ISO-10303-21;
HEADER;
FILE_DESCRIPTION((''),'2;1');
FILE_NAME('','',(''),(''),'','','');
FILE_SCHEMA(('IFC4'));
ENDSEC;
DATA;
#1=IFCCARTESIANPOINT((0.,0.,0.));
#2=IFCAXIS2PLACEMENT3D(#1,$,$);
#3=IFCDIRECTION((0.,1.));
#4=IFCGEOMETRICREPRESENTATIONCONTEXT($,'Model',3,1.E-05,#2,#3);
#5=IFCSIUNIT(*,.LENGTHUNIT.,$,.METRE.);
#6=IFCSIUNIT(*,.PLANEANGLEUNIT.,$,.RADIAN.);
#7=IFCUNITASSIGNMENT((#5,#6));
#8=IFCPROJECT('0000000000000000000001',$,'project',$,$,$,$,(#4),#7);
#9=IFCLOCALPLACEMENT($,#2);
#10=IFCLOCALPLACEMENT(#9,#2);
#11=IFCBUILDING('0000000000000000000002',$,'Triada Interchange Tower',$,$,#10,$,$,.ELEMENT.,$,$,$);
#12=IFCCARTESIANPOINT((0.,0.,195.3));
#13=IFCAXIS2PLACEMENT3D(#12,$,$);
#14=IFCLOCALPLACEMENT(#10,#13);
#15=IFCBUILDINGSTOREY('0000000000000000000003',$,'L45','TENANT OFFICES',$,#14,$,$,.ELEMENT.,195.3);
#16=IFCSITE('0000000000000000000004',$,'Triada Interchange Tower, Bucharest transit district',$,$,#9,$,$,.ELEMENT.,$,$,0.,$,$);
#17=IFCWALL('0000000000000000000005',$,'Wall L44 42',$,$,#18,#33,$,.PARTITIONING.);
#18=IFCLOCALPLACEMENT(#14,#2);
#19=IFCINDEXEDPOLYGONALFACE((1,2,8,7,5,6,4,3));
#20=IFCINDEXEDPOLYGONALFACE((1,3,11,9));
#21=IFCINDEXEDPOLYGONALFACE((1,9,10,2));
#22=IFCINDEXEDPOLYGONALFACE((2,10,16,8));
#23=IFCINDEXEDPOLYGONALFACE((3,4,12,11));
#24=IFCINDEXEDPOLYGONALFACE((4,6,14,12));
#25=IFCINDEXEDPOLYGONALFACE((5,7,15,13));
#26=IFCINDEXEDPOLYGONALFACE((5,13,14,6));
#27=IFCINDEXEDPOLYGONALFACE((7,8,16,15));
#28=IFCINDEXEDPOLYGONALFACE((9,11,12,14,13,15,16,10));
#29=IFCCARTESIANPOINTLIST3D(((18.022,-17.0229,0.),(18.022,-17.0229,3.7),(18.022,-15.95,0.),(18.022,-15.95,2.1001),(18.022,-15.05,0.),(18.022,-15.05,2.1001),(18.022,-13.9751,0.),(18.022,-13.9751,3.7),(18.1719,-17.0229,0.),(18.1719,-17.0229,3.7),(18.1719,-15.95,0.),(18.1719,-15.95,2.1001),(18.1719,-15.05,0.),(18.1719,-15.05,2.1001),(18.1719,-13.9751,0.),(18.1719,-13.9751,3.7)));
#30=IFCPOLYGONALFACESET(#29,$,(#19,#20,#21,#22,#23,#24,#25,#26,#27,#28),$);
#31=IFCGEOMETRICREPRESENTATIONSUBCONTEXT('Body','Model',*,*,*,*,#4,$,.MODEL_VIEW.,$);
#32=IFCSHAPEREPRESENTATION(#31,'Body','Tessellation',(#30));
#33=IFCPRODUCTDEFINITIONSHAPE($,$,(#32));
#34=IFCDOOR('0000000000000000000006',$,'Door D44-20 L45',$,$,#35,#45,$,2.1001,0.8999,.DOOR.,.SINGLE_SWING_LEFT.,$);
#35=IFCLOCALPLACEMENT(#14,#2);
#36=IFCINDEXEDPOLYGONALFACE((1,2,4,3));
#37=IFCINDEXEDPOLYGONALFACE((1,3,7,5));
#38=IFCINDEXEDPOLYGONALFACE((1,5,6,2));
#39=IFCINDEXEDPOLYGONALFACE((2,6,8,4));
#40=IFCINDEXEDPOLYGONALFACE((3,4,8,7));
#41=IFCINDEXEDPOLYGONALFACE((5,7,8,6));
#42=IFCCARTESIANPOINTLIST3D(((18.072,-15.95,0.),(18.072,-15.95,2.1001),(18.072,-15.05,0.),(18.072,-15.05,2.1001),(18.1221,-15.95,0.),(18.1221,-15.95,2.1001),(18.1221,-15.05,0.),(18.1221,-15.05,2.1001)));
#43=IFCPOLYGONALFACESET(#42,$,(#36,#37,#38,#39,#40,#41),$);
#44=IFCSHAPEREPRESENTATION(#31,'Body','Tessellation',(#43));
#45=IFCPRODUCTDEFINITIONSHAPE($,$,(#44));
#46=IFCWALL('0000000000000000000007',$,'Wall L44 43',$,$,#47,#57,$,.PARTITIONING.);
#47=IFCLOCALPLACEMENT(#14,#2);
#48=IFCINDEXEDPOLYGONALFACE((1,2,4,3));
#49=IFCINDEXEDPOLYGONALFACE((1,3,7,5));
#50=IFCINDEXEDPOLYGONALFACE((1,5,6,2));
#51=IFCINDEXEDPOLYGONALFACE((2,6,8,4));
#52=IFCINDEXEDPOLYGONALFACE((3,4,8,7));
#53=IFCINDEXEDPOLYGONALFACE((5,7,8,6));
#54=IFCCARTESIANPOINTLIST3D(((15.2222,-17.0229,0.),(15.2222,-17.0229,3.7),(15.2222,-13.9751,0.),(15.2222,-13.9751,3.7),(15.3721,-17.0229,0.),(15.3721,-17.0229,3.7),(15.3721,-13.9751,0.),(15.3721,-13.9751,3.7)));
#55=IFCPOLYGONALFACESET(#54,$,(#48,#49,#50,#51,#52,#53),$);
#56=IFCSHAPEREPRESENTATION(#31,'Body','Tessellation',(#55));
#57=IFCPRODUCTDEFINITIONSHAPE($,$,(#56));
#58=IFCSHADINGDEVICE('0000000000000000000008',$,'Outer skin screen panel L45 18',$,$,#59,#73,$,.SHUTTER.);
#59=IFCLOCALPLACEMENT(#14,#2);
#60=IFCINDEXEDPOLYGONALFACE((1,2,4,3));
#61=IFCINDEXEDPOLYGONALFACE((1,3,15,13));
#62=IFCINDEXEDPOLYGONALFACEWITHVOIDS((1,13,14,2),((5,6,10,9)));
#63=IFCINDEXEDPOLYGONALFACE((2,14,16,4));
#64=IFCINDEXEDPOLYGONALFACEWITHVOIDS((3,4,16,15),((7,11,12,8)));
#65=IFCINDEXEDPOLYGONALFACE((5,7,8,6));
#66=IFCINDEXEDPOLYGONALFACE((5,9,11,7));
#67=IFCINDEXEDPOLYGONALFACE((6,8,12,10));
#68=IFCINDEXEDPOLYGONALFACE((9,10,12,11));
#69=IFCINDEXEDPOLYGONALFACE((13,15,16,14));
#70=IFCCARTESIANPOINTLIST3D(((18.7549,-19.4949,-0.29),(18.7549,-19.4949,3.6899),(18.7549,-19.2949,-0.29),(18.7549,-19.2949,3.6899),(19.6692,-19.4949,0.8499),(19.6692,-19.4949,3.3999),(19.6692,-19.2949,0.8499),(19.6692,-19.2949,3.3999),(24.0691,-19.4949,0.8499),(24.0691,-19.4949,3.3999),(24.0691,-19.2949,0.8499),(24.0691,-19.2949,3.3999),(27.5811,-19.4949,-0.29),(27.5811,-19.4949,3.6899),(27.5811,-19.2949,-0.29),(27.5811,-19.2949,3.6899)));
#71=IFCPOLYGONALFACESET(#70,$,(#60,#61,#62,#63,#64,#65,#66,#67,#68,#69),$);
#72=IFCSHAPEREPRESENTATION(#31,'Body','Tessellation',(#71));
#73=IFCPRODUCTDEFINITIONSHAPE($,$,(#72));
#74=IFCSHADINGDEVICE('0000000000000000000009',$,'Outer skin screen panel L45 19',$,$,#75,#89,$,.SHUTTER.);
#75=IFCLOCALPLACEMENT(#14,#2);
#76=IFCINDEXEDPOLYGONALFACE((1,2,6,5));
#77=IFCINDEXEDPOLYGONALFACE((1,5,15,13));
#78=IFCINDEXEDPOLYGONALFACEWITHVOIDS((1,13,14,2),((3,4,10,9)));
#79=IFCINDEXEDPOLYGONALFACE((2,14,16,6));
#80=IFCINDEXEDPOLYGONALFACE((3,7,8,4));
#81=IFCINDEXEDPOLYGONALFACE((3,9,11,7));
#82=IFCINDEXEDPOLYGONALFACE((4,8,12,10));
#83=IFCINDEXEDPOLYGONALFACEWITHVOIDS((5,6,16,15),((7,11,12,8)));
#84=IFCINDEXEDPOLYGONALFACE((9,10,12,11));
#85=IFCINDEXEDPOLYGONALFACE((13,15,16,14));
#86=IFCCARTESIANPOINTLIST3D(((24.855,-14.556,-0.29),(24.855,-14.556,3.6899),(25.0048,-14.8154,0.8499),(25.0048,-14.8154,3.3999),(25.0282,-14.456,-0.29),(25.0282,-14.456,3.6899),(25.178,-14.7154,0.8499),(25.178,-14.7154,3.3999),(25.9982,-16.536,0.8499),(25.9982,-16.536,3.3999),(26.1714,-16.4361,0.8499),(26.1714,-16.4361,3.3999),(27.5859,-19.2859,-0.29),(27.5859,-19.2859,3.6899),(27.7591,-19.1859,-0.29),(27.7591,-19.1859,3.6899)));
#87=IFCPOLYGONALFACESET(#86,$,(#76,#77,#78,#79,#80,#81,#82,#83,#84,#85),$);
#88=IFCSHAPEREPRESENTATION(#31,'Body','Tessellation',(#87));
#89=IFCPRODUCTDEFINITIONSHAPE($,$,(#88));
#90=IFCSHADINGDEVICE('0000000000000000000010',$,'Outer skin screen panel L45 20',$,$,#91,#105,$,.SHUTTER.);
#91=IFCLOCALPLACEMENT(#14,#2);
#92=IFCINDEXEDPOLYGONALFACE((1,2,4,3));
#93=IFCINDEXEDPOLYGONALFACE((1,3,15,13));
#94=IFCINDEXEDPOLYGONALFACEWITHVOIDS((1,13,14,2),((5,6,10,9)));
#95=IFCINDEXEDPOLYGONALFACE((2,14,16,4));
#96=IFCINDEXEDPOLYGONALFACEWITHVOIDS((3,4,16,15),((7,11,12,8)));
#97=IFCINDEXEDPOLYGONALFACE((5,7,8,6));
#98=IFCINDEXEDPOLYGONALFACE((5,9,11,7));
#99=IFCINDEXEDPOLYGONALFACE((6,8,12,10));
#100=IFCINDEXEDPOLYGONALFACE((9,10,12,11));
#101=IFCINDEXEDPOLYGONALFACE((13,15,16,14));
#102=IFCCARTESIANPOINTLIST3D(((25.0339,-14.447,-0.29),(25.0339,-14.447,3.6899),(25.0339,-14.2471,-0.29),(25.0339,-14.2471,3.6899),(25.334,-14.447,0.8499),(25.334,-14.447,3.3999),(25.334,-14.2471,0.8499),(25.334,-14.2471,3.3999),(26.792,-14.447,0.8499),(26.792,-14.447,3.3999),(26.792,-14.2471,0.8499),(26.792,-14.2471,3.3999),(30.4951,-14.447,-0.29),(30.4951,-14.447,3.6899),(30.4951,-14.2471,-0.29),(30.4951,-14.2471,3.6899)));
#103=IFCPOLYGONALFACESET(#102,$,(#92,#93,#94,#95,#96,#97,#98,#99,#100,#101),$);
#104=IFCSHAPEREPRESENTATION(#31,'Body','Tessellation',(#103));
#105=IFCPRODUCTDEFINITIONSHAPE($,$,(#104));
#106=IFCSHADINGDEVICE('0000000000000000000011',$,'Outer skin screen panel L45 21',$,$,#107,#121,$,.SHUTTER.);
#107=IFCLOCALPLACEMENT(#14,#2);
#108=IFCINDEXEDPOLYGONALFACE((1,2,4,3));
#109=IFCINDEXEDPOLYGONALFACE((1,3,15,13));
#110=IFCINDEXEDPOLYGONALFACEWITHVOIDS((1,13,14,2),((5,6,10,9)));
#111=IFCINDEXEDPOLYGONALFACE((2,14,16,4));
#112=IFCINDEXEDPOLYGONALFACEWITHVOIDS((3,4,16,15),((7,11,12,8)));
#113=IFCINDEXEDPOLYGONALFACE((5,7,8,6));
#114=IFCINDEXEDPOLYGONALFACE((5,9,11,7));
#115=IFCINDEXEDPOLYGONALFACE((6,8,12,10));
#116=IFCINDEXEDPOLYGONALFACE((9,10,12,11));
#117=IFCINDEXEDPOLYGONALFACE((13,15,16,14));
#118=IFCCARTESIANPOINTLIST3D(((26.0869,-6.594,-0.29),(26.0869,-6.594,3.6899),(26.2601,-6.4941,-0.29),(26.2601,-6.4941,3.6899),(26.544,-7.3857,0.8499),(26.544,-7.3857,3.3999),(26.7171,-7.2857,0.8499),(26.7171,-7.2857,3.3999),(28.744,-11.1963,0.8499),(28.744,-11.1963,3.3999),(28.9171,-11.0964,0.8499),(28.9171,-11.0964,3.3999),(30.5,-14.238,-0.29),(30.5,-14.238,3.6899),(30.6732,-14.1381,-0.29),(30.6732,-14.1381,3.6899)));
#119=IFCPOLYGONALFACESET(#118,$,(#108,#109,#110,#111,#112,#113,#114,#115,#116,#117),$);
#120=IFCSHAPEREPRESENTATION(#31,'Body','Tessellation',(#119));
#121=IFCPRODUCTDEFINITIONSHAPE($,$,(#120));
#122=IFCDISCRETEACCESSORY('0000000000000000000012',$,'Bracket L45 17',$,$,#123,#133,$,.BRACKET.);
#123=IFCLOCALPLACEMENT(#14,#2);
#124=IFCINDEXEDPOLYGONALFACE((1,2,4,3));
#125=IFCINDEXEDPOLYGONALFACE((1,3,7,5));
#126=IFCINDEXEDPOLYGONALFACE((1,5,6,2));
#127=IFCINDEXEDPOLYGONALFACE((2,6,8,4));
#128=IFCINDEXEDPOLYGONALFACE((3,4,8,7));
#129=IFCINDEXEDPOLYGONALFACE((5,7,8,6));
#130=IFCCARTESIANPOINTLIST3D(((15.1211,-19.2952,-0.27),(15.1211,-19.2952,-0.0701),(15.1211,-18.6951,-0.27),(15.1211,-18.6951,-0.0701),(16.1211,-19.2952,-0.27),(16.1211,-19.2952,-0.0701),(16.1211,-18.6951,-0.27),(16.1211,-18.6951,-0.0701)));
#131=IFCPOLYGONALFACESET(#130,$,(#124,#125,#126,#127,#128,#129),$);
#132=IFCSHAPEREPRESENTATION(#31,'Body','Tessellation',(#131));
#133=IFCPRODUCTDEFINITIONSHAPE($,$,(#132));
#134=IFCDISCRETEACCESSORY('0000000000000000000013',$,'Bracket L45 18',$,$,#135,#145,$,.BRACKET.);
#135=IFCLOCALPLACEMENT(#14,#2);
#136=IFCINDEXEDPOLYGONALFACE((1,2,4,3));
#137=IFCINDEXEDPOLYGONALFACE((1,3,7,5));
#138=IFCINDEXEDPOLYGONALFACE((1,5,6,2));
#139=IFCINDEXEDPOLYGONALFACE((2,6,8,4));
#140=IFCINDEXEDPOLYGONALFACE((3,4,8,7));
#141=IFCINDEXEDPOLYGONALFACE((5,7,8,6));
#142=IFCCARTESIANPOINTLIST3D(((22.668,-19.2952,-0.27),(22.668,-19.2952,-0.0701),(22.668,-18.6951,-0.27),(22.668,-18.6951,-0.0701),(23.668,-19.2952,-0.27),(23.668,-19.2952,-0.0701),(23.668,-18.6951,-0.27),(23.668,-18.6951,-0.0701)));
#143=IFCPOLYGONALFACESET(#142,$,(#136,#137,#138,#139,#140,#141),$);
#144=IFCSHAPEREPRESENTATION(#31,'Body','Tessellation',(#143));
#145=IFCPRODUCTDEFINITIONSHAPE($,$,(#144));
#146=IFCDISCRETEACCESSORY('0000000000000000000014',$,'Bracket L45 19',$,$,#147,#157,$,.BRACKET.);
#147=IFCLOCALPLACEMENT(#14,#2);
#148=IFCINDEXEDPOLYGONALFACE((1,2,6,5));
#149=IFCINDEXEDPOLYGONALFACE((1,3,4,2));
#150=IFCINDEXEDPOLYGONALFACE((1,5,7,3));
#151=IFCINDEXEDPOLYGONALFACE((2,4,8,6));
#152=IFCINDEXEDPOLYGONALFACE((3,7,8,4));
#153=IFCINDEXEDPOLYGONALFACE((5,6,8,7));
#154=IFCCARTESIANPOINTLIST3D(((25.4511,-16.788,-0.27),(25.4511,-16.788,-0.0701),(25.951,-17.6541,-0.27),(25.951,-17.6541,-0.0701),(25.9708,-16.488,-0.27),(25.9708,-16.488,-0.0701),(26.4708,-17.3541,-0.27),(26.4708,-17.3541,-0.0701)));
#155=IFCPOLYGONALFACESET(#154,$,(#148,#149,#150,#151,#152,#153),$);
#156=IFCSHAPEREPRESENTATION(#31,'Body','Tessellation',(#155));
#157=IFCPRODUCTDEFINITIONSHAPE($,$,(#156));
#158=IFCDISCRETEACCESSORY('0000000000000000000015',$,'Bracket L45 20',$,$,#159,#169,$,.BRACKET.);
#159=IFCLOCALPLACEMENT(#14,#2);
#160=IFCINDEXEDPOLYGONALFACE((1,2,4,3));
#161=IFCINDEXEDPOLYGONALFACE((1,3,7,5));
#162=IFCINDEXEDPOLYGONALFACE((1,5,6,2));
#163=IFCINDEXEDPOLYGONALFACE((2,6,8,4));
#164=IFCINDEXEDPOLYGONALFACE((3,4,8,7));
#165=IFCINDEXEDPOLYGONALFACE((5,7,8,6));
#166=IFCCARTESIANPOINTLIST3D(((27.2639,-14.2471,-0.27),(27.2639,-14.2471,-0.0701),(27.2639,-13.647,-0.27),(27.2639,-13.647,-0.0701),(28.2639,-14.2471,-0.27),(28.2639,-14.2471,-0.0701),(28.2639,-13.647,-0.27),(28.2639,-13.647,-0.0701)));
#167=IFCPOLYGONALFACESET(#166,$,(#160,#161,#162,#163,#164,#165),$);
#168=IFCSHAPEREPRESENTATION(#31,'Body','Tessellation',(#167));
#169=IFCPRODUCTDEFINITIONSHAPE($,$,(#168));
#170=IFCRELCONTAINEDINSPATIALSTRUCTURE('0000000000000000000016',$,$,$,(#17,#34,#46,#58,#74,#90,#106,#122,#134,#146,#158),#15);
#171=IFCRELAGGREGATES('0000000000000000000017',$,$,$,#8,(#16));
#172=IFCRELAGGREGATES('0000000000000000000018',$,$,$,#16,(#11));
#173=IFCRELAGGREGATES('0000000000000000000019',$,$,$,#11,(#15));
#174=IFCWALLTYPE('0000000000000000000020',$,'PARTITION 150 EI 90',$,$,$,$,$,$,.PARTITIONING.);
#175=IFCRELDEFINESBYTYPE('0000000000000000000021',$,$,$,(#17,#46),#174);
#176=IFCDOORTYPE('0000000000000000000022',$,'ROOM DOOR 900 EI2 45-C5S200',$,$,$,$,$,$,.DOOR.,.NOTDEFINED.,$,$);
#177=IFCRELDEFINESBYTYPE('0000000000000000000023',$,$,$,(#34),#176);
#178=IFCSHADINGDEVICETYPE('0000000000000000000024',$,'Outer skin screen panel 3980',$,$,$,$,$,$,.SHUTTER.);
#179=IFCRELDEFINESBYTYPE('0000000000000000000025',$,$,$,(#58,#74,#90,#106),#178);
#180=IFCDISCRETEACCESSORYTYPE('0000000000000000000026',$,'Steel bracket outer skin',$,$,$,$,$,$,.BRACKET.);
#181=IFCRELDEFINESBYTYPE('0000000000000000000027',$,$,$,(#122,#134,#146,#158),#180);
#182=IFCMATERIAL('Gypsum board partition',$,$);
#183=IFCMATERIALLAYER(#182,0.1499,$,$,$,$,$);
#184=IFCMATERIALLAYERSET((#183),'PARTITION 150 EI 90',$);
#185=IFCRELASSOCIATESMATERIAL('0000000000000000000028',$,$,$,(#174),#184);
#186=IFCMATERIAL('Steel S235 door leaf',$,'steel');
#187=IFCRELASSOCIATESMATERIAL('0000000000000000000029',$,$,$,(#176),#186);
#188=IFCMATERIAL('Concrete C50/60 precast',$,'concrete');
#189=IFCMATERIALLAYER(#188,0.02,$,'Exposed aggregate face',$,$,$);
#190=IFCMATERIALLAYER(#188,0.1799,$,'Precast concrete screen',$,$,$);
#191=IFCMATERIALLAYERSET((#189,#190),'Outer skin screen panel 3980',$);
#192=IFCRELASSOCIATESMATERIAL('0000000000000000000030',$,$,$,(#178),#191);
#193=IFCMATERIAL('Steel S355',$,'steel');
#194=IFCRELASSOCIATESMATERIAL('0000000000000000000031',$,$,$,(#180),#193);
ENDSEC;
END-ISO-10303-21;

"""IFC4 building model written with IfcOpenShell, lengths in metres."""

from ifc_helpers import new_model, si_unit, direction, frame, frame_2d, origin, origin_2d, place, context, subcontext, project, spatial, polyline, rectangle, outline, extrude, material, layer, layer_set, type_object, element, fill, save


model = new_model("IFC4")

# Units and contexts
model_context = context("Model", 3, precision=1e-05, world=origin(), true_north=direction((0.0, 1.0)))
body_context = subcontext(model_context, "Body", "Model", "MODEL_VIEW")
ifc_project = project(units=[si_unit("LENGTHUNIT", "METRE"), si_unit("PLANEANGLEUNIT", "RADIAN")], contexts=[model_context])

# Site, building, storey
site_placement = place(None, origin())
site = spatial("IfcSite", under=ifc_project, at=site_placement, Name="Triada Interchange Tower, Bucharest transit district", CompositionType="ELEMENT", RefElevation=0.0)
building_placement = place(site_placement, origin())
building = spatial("IfcBuilding", under=site, at=building_placement, Name="Triada Interchange Tower", CompositionType="ELEMENT")
storey_placement = place(building_placement, frame((0.0, 0.0, 195.3)))
storey = spatial("IfcBuildingStorey", under=building, at=storey_placement, Name="L45", Description="TENANT OFFICES", CompositionType="ELEMENT", Elevation=195.3)

# Wall, opening, door
ifc_material_1 = material(Name="Gypsum board partition")
ifc_layer_1 = layer(ifc_material_1, 0.1499)
ifc_layer_set_1 = layer_set([ifc_layer_1], Name="PARTITION 150 EI 90")
wall_type_1 = type_object("IfcWallType", Name="PARTITION 150 EI 90", PredefinedType="PARTITIONING", material=ifc_layer_set_1)
wall_1_placement = place(storey_placement, frame((18.0969, -17.0229, 0.0), z_axis=(0.0, 0.0, 1.0), x_axis=(0.0, 1.0, 0.0)))
wall_1 = element("IfcWall", 1, at=wall_1_placement, inside=storey, type_object=wall_type_1, Name="Wall L44 42", PredefinedType="PARTITIONING", context=body_context, shape_type="SweptSolid", body=[
    extrude(rectangle(XDim=3.0479, YDim=0.1499, at=frame_2d((1.5239, 0.0))), origin(), (0.0, 0.0, 1.0), 3.7),
])
opening_1_placement = place(wall_1_placement, frame((1.073, 0.0, 0.0)))
opening_1 = element("IfcOpeningElement", 2, at=opening_1_placement, cuts=wall_1, PredefinedType="OPENING", context=body_context, shape_type="SweptSolid", body=[
    extrude(rectangle(XDim=0.8999, YDim=2.1001, at=frame_2d((0.45, 1.05))), frame((0.0, 0.085, 0.0), z_axis=(0.0, -1.0, 0.0), x_axis=(1.0, 0.0, 0.0)), (0.0, 0.0, 1.0), 0.1699),
])
ifc_material_2 = material(Name="Steel S235 door leaf", Category="steel")
door_type = type_object("IfcDoorType", Name="ROOM DOOR 900 EI2 45-C5S200", OperationType="NOTDEFINED", PredefinedType="DOOR", material=ifc_material_2)
door_placement = place(opening_1_placement, origin())
door = element("IfcDoor", 3, at=door_placement, inside=storey, type_object=door_type, Name="Door D44-20 L45", OperationType="SINGLE_SWING_LEFT", OverallHeight=2.1001, OverallWidth=0.8999, PredefinedType="DOOR", context=body_context, shape_type="SweptSolid", body=[
    extrude(rectangle(XDim=0.8999, YDim=2.1001, at=frame_2d((0.45, 1.05))), frame((0.0, 0.0249, 0.0), z_axis=(0.0, -1.0, 0.0), x_axis=(1.0, 0.0, 0.0)), (0.0, 0.0, 1.0), 0.05),
])
fill(opening_1, door)

# Wall
wall_2_placement = place(storey_placement, frame((15.2971, -17.0229, 0.0), z_axis=(0.0, 0.0, 1.0), x_axis=(0.0, 1.0, 0.0)))
element("IfcWall", 4, at=wall_2_placement, inside=storey, type_object=wall_type_1, Name="Wall L44 43", PredefinedType="PARTITIONING", context=body_context, shape_type="SweptSolid", body=[
    extrude(rectangle(XDim=3.0479, YDim=0.1499, at=frame_2d((1.5239, 0.0))), origin(), (0.0, 0.0, 1.0), 3.7),
])

# Shading devices
ifc_material_3 = material(Name="Concrete C50/60 precast", Category="concrete")
ifc_layer_2 = layer(ifc_material_3, 0.02, Name="Exposed aggregate face")
ifc_layer_3 = layer(ifc_material_3, 0.1799, Name="Precast concrete screen")
ifc_layer_set_2 = layer_set([ifc_layer_2, ifc_layer_3], Name="Outer skin screen panel 3980")
shading_device_type = type_object("IfcShadingDeviceType", Name="Outer skin screen panel 3980", PredefinedType="SHUTTER", material=ifc_layer_set_2)
shading_device_1_placement = place(storey_placement, frame((18.7549, -19.2949, -0.29), z_axis=(0.0, 0.0, 1.0), x_axis=(1.0, 0.0, 0.0)))
element("IfcShadingDevice", 5, at=shading_device_1_placement, inside=storey, type_object=shading_device_type, Name="Outer skin screen panel L45 18", PredefinedType="SHUTTER", context=body_context, shape_type="SweptSolid", body=[
    extrude(outline(polyline([(0.0, 0.0), (8.8262, 0.0), (8.8262, 3.98), (0.0, 3.98), (0.0, 0.0)]), holes=[polyline([(0.9143, 1.1399), (0.9143, 3.6899), (5.3142, 3.6899), (5.3142, 1.1399), (0.9143, 1.1399)])]), frame((0.0, 0.0, 0.0), z_axis=(0.0, -1.0, 0.0), x_axis=(1.0, 0.0, 0.0)), (0.0, 0.0, 1.0), 0.2),
])
shading_device_2_placement = place(storey_placement, frame((27.5859, -19.2859, -0.29), z_axis=(0.0, 0.0, 1.0), x_axis=(-0.500014, 0.866017, 0.0)))
element("IfcShadingDevice", 6, at=shading_device_2_placement, inside=storey, type_object=shading_device_type, Name="Outer skin screen panel L45 19", PredefinedType="SHUTTER", context=body_context, shape_type="SweptSolid", body=[
    extrude(outline(polyline([(0.0, 0.0), (5.4617, 0.0), (5.4617, 3.98), (0.0, 3.98), (0.0, 0.0)]), holes=[polyline([(3.1753, 1.1399), (3.1753, 3.6899), (5.1621, 3.6899), (5.1621, 1.1399), (3.1753, 1.1399)])]), frame((0.0, 0.0, 0.0), z_axis=(0.0, -1.0, 0.0), x_axis=(1.0, 0.0, 0.0)), (0.0, 0.0, 1.0), 0.2),
])
shading_device_3_placement = place(storey_placement, frame((25.0339, -14.2471, -0.29), z_axis=(0.0, 0.0, 1.0), x_axis=(1.0, 0.0, 0.0)))
element("IfcShadingDevice", 7, at=shading_device_3_placement, inside=storey, type_object=shading_device_type, Name="Outer skin screen panel L45 20", PredefinedType="SHUTTER", context=body_context, shape_type="SweptSolid", body=[
    extrude(outline(polyline([(0.0, 0.0), (5.4612, 0.0), (5.4612, 3.98), (0.0, 3.98), (0.0, 0.0)]), holes=[polyline([(0.3, 1.1399), (0.3, 3.6899), (1.7581, 3.6899), (1.7581, 1.1399), (0.3, 1.1399)])]), frame((0.0, 0.0, 0.0), z_axis=(0.0, -1.0, 0.0), x_axis=(1.0, 0.0, 0.0)), (0.0, 0.0, 1.0), 0.2),
])
shading_device_4_placement = place(storey_placement, frame((30.5, -14.238, -0.29), z_axis=(0.0, 0.0, 1.0), x_axis=(-0.499983, 0.866035, 0.0)))
element("IfcShadingDevice", 8, at=shading_device_4_placement, inside=storey, type_object=shading_device_type, Name="Outer skin screen panel L45 21", PredefinedType="SHUTTER", context=body_context, shape_type="SweptSolid", body=[
    extrude(outline(polyline([(0.0, 0.0), (8.8264, 0.0), (8.8264, 3.98), (0.0, 3.98), (0.0, 0.0)]), holes=[polyline([(3.5122, 1.1399), (3.5122, 3.6899), (7.9124, 3.6899), (7.9124, 1.1399), (3.5122, 1.1399)])]), frame((0.0, 0.0, 0.0), z_axis=(0.0, -1.0, 0.0), x_axis=(1.0, 0.0, 0.0)), (0.0, 0.0, 1.0), 0.2),
])

# Discrete accessories
ifc_material_4 = material(Name="Steel S355", Category="steel")
discrete_accessory_type = type_object("IfcDiscreteAccessoryType", Name="Steel bracket outer skin", PredefinedType="BRACKET", material=ifc_material_4)
for number, where, z_axis, x_axis, name in (
    (9, (15.6211, -18.9951, -0.27), (0.0, 0.0, 1.0), (0.0, -1.0, 0.0), "Bracket L45 17"),
    (10, (23.168, -18.9951, -0.27), (0.0, 0.0, 1.0), (0.0, -1.0, 0.0), "Bracket L45 18"),
    (11, (25.9609, -17.071, -0.27), (0.0, 0.0, 1.0), (0.86606, 0.49994, 0.0), "Bracket L45 19"),
    (12, (27.7639, -13.947, -0.27), (0.0, 0.0, 1.0), (0.0, -1.0, 0.0), "Bracket L45 20"),
):
    element("IfcDiscreteAccessory", number, at=place(storey_placement, frame(where, z_axis=z_axis, x_axis=x_axis)), inside=storey, type_object=discrete_accessory_type, Name=name, PredefinedType="BRACKET", context=body_context, shape_type="SweptSolid", body=[
        extrude(rectangle(XDim=0.6001, YDim=1.0, at=origin_2d()), origin(), (0.0, 0.0, 1.0), 0.2),
    ])

save(model, "model.ifc")
